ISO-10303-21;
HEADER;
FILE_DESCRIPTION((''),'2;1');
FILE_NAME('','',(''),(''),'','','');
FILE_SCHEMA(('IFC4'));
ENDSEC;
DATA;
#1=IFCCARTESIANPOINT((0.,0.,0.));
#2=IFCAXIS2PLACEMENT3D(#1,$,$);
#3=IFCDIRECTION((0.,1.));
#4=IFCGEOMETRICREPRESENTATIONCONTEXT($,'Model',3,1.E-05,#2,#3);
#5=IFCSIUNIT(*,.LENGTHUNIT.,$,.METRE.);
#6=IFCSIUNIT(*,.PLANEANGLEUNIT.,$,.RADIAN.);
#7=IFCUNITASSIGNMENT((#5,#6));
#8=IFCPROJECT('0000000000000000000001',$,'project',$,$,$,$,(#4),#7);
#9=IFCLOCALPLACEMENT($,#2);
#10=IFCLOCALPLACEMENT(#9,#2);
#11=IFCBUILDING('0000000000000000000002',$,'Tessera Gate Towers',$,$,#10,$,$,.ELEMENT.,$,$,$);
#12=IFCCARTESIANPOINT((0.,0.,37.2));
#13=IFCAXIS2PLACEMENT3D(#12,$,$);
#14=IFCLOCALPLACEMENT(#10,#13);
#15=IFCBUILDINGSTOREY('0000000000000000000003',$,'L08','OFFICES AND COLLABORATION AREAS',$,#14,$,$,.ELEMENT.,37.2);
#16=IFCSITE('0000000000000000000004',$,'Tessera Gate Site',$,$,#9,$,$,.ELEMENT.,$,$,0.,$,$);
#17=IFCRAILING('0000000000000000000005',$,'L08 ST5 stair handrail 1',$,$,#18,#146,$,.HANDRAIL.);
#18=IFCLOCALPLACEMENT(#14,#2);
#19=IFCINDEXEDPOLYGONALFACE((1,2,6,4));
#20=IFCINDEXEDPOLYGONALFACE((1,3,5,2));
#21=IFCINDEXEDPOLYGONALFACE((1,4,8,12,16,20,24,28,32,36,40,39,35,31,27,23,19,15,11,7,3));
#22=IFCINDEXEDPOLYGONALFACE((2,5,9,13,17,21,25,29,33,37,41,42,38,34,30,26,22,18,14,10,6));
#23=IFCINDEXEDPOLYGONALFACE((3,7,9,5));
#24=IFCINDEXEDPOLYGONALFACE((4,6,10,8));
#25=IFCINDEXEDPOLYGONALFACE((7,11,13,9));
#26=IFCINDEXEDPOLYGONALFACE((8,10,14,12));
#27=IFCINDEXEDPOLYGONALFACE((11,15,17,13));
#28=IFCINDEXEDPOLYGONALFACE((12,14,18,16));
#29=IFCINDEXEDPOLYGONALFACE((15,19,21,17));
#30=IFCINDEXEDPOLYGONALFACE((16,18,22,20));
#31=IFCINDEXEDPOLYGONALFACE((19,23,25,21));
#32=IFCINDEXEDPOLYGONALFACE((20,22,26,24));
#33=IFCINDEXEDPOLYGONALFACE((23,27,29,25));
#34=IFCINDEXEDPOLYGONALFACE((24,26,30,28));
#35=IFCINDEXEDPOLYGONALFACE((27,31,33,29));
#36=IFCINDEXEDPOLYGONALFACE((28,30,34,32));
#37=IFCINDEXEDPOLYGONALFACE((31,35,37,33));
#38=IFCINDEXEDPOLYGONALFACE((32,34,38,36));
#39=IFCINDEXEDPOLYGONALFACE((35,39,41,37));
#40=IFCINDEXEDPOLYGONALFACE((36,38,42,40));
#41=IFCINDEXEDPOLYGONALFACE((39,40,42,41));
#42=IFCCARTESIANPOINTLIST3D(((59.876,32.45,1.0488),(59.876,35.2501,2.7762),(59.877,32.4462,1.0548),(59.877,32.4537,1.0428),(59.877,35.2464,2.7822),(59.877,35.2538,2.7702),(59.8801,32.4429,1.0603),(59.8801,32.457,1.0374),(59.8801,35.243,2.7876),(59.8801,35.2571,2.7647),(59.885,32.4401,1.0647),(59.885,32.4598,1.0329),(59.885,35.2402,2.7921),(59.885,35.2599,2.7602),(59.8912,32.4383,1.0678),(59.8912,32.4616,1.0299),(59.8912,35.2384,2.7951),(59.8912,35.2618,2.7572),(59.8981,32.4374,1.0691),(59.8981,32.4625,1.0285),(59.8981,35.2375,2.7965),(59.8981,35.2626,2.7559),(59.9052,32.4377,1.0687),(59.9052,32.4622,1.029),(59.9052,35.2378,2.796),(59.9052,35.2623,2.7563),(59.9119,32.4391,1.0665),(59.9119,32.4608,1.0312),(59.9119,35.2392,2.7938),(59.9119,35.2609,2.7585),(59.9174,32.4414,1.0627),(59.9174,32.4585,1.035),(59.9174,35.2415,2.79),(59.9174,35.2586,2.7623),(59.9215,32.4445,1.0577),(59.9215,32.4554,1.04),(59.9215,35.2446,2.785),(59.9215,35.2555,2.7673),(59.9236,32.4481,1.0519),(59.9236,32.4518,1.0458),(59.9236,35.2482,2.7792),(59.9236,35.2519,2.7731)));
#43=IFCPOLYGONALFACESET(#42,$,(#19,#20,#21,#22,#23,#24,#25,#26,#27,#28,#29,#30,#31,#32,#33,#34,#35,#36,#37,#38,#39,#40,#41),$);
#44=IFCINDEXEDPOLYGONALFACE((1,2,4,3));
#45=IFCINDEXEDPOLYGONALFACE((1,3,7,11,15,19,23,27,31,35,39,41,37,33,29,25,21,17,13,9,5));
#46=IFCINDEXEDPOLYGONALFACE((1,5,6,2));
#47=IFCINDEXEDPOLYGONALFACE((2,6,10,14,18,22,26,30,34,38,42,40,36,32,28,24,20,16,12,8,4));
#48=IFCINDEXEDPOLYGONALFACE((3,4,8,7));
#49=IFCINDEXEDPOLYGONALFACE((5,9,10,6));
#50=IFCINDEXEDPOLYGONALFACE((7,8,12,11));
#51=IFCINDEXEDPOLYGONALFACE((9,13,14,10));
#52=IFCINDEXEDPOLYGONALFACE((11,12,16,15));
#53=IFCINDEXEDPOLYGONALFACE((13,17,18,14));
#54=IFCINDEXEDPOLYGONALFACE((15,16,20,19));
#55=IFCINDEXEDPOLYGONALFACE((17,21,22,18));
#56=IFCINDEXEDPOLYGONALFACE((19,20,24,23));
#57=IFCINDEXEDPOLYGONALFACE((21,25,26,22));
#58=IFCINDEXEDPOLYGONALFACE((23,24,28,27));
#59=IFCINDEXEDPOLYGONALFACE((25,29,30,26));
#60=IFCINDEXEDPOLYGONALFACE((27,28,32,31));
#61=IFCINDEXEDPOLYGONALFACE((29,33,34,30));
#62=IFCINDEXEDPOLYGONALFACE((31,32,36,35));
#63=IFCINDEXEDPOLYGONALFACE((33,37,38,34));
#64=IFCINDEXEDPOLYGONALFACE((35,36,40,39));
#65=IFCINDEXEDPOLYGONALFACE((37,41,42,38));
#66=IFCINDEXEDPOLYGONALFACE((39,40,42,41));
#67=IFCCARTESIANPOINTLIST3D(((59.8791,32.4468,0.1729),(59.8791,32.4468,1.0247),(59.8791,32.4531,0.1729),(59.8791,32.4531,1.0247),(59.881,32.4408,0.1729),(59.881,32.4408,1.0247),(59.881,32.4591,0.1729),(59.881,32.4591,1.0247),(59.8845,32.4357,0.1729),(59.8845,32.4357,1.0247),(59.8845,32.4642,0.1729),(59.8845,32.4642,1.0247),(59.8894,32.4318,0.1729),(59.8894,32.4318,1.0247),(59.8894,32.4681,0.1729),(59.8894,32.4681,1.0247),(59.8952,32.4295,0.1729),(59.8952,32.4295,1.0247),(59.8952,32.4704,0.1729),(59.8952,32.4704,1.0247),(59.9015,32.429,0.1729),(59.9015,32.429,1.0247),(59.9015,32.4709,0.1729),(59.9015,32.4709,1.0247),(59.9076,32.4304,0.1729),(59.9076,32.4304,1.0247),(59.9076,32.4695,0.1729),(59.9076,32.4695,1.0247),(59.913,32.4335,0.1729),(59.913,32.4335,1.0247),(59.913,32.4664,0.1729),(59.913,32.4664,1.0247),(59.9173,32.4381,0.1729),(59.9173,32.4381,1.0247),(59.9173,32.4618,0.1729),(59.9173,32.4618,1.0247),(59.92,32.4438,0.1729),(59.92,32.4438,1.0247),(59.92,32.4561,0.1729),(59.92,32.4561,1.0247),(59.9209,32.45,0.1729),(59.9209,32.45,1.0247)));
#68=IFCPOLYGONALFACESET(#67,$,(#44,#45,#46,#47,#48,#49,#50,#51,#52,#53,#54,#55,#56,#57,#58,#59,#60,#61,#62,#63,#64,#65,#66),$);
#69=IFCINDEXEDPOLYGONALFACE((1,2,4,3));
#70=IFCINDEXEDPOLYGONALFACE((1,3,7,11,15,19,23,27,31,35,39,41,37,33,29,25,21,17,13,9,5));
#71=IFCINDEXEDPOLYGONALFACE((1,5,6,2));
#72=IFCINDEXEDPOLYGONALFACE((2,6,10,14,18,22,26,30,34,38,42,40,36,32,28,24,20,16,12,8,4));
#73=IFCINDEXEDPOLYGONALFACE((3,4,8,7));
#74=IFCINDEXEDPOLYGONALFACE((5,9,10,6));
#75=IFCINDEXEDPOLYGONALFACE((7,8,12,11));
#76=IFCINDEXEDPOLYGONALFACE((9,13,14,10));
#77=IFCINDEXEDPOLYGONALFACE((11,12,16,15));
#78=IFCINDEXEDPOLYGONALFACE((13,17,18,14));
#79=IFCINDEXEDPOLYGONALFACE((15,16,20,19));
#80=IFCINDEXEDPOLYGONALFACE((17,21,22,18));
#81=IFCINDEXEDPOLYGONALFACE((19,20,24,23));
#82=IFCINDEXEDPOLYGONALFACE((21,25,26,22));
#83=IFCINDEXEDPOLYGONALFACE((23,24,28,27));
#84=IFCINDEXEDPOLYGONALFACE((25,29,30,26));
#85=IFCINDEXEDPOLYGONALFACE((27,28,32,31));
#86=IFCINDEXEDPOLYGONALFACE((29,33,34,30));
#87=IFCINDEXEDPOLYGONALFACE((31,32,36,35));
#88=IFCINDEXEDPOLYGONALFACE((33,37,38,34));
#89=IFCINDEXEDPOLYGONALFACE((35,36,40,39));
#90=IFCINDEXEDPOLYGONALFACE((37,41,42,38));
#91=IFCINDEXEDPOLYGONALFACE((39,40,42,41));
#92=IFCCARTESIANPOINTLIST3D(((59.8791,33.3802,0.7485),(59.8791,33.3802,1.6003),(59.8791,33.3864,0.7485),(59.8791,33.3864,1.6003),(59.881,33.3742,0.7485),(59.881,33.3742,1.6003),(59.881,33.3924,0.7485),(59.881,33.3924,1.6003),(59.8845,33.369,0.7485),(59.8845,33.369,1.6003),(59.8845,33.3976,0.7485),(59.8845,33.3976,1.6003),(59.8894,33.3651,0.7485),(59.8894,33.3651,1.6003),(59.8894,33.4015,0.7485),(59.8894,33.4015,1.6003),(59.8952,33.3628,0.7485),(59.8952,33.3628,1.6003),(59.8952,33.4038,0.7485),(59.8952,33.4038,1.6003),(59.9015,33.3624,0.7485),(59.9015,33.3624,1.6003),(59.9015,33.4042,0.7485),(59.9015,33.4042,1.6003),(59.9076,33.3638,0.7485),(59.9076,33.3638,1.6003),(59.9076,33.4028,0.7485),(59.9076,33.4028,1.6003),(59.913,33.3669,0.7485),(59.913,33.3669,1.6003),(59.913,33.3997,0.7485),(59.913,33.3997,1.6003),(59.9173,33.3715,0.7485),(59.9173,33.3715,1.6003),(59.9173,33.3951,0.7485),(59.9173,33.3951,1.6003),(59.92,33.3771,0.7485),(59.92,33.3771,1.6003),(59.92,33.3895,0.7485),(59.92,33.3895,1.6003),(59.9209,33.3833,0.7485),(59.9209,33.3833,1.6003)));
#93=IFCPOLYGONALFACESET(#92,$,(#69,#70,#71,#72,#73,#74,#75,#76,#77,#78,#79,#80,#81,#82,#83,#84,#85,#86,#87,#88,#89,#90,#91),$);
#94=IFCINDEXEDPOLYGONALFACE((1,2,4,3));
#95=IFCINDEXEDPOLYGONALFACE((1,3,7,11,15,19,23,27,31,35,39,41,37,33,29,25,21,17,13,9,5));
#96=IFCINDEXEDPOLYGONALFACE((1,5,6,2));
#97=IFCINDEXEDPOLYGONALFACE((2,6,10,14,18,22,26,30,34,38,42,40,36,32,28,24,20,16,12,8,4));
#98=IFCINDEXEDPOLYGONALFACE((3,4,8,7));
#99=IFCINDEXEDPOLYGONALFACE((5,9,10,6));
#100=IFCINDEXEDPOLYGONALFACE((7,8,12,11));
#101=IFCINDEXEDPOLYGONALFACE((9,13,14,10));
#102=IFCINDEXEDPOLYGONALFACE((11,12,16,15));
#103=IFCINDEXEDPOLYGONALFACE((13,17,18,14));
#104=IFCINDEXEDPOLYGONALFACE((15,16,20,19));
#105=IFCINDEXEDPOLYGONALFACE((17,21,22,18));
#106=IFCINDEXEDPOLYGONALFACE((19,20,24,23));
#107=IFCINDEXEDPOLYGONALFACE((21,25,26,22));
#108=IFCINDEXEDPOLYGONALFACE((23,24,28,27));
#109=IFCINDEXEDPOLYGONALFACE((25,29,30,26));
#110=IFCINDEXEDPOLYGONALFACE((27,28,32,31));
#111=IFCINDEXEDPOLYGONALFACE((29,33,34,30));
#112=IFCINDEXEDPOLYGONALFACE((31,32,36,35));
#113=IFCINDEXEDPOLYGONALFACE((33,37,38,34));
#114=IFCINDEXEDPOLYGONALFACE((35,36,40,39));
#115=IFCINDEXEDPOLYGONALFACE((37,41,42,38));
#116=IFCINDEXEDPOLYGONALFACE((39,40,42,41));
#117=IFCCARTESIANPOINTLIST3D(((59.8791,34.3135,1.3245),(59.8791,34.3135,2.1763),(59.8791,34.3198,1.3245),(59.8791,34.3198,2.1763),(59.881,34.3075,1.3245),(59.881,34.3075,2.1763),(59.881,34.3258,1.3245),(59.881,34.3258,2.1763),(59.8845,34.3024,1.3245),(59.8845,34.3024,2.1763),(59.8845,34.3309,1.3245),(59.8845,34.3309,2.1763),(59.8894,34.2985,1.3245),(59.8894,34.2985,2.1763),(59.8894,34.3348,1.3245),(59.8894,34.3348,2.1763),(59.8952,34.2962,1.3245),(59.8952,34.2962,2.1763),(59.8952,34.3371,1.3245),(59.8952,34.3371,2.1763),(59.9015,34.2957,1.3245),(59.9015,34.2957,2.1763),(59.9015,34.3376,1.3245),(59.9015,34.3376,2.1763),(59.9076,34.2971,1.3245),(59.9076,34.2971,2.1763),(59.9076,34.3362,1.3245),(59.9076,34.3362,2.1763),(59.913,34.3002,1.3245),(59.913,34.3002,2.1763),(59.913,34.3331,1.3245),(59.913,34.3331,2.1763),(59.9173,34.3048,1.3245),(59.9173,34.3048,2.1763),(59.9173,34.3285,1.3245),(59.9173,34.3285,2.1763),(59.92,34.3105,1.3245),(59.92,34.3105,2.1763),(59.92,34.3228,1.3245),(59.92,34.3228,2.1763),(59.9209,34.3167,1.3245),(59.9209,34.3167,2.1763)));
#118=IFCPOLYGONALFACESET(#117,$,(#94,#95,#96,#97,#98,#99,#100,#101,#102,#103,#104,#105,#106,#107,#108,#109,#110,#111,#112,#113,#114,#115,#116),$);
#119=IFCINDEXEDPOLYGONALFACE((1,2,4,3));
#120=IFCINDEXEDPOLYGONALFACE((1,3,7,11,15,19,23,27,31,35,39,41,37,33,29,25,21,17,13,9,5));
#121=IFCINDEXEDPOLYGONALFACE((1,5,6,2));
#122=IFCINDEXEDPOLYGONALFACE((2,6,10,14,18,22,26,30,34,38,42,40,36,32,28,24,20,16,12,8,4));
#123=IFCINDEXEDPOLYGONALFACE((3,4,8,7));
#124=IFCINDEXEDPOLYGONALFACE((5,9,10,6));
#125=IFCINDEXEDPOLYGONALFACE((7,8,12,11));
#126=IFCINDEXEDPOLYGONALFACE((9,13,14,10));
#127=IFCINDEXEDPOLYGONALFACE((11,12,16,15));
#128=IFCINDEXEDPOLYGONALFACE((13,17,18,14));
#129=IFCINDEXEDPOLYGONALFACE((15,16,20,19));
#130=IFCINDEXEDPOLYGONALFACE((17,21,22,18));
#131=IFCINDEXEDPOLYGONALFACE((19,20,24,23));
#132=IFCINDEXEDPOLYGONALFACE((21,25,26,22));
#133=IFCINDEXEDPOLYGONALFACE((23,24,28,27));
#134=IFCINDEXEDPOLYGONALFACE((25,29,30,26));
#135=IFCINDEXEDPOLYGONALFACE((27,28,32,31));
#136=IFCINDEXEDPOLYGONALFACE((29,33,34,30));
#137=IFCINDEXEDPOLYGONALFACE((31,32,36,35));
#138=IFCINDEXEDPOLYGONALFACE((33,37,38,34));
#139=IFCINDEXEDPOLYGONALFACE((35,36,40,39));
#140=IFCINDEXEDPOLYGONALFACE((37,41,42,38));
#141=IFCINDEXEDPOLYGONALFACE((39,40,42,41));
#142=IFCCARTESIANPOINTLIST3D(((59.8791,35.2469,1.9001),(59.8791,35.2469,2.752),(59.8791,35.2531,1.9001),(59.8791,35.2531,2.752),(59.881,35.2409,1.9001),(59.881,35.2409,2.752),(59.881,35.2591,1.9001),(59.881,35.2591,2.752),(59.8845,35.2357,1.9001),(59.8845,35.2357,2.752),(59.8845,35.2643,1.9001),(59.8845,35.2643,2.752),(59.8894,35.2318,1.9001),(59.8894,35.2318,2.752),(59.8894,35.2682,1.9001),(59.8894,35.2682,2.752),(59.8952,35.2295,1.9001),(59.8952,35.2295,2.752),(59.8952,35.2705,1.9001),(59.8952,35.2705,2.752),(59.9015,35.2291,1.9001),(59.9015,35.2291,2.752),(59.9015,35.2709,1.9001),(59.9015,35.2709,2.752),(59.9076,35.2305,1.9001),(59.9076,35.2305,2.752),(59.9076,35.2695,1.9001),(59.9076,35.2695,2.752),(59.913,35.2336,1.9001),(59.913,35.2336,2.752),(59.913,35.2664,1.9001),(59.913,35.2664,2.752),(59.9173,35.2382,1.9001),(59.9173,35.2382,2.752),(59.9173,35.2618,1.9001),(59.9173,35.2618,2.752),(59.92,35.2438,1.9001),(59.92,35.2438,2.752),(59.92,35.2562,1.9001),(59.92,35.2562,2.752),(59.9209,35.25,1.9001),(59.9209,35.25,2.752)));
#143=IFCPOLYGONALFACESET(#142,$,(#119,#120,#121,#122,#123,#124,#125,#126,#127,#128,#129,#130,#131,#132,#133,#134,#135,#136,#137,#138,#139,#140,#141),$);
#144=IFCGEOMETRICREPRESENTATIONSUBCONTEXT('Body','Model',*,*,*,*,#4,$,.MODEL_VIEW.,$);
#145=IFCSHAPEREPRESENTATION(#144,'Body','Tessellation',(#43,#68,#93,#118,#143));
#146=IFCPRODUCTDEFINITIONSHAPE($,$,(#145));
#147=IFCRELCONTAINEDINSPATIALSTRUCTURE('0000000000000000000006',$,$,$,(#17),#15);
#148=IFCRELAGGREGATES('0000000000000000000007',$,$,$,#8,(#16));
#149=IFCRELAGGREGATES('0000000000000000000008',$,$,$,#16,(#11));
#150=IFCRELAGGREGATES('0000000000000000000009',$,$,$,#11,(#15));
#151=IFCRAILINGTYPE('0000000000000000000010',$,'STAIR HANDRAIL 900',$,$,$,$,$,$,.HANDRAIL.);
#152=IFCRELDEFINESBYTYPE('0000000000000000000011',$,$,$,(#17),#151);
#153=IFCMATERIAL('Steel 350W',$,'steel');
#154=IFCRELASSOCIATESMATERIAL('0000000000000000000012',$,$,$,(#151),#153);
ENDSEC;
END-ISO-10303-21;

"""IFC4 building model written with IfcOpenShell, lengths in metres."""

from ifc_helpers import new_model, si_unit, direction, frame, origin, origin_2d, place, context, subcontext, project, spatial, circle, extrude, material, type_object, element, save


model = new_model("IFC4")

# Units and contexts
model_context = context("Model", 3, precision=1e-05, world=origin(), true_north=direction((0.0, 1.0)))
body_context = subcontext(model_context, "Body", "Model", "MODEL_VIEW")
ifc_project = project(units=[si_unit("LENGTHUNIT", "METRE"), si_unit("PLANEANGLEUNIT", "RADIAN")], contexts=[model_context])

# Site, building, storey
site_placement = place(None, origin())
site = spatial("IfcSite", under=ifc_project, at=site_placement, Name="Tessera Gate Site", CompositionType="ELEMENT", RefElevation=0.0)
building_placement = place(site_placement, origin())
building = spatial("IfcBuilding", under=site, at=building_placement, Name="Tessera Gate Towers", CompositionType="ELEMENT")
storey_placement = place(building_placement, frame((0.0, 0.0, 37.2)))
storey = spatial("IfcBuildingStorey", under=building, at=storey_placement, Name="L08", Description="OFFICES AND COLLABORATION AREAS", CompositionType="ELEMENT", Elevation=37.2)

# Railing
ifc_material_1 = material(Name="Steel 350W", Category="steel")
railing_type = type_object("IfcRailingType", Name="STAIR HANDRAIL 900", PredefinedType="HANDRAIL", material=ifc_material_1)
railing_placement = place(storey_placement, frame((59.8999, 32.45, 0.1729)))
element("IfcRailing", 1, at=railing_placement, inside=storey, type_object=railing_type, Name="L08 ST5 stair handrail 1", PredefinedType="HANDRAIL", context=body_context, shape_type="SweptSolid", body=[
    extrude(circle(Radius=0.0239, at=origin_2d()), frame((0.0, 0.0, 0.876), z_axis=(0.0, 0.85109, 0.52502), x_axis=(-1.0, 0.0, 0.0)), (0.0, 0.0, 1.0), 3.29),
    extrude(circle(Radius=0.021, at=origin_2d()), origin(), (0.0, 0.0, 1.0), 0.8518),
    extrude(circle(Radius=0.021, at=origin_2d()), frame((0.0, 0.9333, 0.5757)), (0.0, 0.0, 1.0), 0.8518),
    extrude(circle(Radius=0.021, at=origin_2d()), frame((0.0, 1.8667, 1.1516)), (0.0, 0.0, 1.0), 0.8518),
    extrude(circle(Radius=0.021, at=origin_2d()), frame((0.0, 2.8, 1.7273)), (0.0, 0.0, 1.0), 0.8518),
])

save(model, "model.ifc")
